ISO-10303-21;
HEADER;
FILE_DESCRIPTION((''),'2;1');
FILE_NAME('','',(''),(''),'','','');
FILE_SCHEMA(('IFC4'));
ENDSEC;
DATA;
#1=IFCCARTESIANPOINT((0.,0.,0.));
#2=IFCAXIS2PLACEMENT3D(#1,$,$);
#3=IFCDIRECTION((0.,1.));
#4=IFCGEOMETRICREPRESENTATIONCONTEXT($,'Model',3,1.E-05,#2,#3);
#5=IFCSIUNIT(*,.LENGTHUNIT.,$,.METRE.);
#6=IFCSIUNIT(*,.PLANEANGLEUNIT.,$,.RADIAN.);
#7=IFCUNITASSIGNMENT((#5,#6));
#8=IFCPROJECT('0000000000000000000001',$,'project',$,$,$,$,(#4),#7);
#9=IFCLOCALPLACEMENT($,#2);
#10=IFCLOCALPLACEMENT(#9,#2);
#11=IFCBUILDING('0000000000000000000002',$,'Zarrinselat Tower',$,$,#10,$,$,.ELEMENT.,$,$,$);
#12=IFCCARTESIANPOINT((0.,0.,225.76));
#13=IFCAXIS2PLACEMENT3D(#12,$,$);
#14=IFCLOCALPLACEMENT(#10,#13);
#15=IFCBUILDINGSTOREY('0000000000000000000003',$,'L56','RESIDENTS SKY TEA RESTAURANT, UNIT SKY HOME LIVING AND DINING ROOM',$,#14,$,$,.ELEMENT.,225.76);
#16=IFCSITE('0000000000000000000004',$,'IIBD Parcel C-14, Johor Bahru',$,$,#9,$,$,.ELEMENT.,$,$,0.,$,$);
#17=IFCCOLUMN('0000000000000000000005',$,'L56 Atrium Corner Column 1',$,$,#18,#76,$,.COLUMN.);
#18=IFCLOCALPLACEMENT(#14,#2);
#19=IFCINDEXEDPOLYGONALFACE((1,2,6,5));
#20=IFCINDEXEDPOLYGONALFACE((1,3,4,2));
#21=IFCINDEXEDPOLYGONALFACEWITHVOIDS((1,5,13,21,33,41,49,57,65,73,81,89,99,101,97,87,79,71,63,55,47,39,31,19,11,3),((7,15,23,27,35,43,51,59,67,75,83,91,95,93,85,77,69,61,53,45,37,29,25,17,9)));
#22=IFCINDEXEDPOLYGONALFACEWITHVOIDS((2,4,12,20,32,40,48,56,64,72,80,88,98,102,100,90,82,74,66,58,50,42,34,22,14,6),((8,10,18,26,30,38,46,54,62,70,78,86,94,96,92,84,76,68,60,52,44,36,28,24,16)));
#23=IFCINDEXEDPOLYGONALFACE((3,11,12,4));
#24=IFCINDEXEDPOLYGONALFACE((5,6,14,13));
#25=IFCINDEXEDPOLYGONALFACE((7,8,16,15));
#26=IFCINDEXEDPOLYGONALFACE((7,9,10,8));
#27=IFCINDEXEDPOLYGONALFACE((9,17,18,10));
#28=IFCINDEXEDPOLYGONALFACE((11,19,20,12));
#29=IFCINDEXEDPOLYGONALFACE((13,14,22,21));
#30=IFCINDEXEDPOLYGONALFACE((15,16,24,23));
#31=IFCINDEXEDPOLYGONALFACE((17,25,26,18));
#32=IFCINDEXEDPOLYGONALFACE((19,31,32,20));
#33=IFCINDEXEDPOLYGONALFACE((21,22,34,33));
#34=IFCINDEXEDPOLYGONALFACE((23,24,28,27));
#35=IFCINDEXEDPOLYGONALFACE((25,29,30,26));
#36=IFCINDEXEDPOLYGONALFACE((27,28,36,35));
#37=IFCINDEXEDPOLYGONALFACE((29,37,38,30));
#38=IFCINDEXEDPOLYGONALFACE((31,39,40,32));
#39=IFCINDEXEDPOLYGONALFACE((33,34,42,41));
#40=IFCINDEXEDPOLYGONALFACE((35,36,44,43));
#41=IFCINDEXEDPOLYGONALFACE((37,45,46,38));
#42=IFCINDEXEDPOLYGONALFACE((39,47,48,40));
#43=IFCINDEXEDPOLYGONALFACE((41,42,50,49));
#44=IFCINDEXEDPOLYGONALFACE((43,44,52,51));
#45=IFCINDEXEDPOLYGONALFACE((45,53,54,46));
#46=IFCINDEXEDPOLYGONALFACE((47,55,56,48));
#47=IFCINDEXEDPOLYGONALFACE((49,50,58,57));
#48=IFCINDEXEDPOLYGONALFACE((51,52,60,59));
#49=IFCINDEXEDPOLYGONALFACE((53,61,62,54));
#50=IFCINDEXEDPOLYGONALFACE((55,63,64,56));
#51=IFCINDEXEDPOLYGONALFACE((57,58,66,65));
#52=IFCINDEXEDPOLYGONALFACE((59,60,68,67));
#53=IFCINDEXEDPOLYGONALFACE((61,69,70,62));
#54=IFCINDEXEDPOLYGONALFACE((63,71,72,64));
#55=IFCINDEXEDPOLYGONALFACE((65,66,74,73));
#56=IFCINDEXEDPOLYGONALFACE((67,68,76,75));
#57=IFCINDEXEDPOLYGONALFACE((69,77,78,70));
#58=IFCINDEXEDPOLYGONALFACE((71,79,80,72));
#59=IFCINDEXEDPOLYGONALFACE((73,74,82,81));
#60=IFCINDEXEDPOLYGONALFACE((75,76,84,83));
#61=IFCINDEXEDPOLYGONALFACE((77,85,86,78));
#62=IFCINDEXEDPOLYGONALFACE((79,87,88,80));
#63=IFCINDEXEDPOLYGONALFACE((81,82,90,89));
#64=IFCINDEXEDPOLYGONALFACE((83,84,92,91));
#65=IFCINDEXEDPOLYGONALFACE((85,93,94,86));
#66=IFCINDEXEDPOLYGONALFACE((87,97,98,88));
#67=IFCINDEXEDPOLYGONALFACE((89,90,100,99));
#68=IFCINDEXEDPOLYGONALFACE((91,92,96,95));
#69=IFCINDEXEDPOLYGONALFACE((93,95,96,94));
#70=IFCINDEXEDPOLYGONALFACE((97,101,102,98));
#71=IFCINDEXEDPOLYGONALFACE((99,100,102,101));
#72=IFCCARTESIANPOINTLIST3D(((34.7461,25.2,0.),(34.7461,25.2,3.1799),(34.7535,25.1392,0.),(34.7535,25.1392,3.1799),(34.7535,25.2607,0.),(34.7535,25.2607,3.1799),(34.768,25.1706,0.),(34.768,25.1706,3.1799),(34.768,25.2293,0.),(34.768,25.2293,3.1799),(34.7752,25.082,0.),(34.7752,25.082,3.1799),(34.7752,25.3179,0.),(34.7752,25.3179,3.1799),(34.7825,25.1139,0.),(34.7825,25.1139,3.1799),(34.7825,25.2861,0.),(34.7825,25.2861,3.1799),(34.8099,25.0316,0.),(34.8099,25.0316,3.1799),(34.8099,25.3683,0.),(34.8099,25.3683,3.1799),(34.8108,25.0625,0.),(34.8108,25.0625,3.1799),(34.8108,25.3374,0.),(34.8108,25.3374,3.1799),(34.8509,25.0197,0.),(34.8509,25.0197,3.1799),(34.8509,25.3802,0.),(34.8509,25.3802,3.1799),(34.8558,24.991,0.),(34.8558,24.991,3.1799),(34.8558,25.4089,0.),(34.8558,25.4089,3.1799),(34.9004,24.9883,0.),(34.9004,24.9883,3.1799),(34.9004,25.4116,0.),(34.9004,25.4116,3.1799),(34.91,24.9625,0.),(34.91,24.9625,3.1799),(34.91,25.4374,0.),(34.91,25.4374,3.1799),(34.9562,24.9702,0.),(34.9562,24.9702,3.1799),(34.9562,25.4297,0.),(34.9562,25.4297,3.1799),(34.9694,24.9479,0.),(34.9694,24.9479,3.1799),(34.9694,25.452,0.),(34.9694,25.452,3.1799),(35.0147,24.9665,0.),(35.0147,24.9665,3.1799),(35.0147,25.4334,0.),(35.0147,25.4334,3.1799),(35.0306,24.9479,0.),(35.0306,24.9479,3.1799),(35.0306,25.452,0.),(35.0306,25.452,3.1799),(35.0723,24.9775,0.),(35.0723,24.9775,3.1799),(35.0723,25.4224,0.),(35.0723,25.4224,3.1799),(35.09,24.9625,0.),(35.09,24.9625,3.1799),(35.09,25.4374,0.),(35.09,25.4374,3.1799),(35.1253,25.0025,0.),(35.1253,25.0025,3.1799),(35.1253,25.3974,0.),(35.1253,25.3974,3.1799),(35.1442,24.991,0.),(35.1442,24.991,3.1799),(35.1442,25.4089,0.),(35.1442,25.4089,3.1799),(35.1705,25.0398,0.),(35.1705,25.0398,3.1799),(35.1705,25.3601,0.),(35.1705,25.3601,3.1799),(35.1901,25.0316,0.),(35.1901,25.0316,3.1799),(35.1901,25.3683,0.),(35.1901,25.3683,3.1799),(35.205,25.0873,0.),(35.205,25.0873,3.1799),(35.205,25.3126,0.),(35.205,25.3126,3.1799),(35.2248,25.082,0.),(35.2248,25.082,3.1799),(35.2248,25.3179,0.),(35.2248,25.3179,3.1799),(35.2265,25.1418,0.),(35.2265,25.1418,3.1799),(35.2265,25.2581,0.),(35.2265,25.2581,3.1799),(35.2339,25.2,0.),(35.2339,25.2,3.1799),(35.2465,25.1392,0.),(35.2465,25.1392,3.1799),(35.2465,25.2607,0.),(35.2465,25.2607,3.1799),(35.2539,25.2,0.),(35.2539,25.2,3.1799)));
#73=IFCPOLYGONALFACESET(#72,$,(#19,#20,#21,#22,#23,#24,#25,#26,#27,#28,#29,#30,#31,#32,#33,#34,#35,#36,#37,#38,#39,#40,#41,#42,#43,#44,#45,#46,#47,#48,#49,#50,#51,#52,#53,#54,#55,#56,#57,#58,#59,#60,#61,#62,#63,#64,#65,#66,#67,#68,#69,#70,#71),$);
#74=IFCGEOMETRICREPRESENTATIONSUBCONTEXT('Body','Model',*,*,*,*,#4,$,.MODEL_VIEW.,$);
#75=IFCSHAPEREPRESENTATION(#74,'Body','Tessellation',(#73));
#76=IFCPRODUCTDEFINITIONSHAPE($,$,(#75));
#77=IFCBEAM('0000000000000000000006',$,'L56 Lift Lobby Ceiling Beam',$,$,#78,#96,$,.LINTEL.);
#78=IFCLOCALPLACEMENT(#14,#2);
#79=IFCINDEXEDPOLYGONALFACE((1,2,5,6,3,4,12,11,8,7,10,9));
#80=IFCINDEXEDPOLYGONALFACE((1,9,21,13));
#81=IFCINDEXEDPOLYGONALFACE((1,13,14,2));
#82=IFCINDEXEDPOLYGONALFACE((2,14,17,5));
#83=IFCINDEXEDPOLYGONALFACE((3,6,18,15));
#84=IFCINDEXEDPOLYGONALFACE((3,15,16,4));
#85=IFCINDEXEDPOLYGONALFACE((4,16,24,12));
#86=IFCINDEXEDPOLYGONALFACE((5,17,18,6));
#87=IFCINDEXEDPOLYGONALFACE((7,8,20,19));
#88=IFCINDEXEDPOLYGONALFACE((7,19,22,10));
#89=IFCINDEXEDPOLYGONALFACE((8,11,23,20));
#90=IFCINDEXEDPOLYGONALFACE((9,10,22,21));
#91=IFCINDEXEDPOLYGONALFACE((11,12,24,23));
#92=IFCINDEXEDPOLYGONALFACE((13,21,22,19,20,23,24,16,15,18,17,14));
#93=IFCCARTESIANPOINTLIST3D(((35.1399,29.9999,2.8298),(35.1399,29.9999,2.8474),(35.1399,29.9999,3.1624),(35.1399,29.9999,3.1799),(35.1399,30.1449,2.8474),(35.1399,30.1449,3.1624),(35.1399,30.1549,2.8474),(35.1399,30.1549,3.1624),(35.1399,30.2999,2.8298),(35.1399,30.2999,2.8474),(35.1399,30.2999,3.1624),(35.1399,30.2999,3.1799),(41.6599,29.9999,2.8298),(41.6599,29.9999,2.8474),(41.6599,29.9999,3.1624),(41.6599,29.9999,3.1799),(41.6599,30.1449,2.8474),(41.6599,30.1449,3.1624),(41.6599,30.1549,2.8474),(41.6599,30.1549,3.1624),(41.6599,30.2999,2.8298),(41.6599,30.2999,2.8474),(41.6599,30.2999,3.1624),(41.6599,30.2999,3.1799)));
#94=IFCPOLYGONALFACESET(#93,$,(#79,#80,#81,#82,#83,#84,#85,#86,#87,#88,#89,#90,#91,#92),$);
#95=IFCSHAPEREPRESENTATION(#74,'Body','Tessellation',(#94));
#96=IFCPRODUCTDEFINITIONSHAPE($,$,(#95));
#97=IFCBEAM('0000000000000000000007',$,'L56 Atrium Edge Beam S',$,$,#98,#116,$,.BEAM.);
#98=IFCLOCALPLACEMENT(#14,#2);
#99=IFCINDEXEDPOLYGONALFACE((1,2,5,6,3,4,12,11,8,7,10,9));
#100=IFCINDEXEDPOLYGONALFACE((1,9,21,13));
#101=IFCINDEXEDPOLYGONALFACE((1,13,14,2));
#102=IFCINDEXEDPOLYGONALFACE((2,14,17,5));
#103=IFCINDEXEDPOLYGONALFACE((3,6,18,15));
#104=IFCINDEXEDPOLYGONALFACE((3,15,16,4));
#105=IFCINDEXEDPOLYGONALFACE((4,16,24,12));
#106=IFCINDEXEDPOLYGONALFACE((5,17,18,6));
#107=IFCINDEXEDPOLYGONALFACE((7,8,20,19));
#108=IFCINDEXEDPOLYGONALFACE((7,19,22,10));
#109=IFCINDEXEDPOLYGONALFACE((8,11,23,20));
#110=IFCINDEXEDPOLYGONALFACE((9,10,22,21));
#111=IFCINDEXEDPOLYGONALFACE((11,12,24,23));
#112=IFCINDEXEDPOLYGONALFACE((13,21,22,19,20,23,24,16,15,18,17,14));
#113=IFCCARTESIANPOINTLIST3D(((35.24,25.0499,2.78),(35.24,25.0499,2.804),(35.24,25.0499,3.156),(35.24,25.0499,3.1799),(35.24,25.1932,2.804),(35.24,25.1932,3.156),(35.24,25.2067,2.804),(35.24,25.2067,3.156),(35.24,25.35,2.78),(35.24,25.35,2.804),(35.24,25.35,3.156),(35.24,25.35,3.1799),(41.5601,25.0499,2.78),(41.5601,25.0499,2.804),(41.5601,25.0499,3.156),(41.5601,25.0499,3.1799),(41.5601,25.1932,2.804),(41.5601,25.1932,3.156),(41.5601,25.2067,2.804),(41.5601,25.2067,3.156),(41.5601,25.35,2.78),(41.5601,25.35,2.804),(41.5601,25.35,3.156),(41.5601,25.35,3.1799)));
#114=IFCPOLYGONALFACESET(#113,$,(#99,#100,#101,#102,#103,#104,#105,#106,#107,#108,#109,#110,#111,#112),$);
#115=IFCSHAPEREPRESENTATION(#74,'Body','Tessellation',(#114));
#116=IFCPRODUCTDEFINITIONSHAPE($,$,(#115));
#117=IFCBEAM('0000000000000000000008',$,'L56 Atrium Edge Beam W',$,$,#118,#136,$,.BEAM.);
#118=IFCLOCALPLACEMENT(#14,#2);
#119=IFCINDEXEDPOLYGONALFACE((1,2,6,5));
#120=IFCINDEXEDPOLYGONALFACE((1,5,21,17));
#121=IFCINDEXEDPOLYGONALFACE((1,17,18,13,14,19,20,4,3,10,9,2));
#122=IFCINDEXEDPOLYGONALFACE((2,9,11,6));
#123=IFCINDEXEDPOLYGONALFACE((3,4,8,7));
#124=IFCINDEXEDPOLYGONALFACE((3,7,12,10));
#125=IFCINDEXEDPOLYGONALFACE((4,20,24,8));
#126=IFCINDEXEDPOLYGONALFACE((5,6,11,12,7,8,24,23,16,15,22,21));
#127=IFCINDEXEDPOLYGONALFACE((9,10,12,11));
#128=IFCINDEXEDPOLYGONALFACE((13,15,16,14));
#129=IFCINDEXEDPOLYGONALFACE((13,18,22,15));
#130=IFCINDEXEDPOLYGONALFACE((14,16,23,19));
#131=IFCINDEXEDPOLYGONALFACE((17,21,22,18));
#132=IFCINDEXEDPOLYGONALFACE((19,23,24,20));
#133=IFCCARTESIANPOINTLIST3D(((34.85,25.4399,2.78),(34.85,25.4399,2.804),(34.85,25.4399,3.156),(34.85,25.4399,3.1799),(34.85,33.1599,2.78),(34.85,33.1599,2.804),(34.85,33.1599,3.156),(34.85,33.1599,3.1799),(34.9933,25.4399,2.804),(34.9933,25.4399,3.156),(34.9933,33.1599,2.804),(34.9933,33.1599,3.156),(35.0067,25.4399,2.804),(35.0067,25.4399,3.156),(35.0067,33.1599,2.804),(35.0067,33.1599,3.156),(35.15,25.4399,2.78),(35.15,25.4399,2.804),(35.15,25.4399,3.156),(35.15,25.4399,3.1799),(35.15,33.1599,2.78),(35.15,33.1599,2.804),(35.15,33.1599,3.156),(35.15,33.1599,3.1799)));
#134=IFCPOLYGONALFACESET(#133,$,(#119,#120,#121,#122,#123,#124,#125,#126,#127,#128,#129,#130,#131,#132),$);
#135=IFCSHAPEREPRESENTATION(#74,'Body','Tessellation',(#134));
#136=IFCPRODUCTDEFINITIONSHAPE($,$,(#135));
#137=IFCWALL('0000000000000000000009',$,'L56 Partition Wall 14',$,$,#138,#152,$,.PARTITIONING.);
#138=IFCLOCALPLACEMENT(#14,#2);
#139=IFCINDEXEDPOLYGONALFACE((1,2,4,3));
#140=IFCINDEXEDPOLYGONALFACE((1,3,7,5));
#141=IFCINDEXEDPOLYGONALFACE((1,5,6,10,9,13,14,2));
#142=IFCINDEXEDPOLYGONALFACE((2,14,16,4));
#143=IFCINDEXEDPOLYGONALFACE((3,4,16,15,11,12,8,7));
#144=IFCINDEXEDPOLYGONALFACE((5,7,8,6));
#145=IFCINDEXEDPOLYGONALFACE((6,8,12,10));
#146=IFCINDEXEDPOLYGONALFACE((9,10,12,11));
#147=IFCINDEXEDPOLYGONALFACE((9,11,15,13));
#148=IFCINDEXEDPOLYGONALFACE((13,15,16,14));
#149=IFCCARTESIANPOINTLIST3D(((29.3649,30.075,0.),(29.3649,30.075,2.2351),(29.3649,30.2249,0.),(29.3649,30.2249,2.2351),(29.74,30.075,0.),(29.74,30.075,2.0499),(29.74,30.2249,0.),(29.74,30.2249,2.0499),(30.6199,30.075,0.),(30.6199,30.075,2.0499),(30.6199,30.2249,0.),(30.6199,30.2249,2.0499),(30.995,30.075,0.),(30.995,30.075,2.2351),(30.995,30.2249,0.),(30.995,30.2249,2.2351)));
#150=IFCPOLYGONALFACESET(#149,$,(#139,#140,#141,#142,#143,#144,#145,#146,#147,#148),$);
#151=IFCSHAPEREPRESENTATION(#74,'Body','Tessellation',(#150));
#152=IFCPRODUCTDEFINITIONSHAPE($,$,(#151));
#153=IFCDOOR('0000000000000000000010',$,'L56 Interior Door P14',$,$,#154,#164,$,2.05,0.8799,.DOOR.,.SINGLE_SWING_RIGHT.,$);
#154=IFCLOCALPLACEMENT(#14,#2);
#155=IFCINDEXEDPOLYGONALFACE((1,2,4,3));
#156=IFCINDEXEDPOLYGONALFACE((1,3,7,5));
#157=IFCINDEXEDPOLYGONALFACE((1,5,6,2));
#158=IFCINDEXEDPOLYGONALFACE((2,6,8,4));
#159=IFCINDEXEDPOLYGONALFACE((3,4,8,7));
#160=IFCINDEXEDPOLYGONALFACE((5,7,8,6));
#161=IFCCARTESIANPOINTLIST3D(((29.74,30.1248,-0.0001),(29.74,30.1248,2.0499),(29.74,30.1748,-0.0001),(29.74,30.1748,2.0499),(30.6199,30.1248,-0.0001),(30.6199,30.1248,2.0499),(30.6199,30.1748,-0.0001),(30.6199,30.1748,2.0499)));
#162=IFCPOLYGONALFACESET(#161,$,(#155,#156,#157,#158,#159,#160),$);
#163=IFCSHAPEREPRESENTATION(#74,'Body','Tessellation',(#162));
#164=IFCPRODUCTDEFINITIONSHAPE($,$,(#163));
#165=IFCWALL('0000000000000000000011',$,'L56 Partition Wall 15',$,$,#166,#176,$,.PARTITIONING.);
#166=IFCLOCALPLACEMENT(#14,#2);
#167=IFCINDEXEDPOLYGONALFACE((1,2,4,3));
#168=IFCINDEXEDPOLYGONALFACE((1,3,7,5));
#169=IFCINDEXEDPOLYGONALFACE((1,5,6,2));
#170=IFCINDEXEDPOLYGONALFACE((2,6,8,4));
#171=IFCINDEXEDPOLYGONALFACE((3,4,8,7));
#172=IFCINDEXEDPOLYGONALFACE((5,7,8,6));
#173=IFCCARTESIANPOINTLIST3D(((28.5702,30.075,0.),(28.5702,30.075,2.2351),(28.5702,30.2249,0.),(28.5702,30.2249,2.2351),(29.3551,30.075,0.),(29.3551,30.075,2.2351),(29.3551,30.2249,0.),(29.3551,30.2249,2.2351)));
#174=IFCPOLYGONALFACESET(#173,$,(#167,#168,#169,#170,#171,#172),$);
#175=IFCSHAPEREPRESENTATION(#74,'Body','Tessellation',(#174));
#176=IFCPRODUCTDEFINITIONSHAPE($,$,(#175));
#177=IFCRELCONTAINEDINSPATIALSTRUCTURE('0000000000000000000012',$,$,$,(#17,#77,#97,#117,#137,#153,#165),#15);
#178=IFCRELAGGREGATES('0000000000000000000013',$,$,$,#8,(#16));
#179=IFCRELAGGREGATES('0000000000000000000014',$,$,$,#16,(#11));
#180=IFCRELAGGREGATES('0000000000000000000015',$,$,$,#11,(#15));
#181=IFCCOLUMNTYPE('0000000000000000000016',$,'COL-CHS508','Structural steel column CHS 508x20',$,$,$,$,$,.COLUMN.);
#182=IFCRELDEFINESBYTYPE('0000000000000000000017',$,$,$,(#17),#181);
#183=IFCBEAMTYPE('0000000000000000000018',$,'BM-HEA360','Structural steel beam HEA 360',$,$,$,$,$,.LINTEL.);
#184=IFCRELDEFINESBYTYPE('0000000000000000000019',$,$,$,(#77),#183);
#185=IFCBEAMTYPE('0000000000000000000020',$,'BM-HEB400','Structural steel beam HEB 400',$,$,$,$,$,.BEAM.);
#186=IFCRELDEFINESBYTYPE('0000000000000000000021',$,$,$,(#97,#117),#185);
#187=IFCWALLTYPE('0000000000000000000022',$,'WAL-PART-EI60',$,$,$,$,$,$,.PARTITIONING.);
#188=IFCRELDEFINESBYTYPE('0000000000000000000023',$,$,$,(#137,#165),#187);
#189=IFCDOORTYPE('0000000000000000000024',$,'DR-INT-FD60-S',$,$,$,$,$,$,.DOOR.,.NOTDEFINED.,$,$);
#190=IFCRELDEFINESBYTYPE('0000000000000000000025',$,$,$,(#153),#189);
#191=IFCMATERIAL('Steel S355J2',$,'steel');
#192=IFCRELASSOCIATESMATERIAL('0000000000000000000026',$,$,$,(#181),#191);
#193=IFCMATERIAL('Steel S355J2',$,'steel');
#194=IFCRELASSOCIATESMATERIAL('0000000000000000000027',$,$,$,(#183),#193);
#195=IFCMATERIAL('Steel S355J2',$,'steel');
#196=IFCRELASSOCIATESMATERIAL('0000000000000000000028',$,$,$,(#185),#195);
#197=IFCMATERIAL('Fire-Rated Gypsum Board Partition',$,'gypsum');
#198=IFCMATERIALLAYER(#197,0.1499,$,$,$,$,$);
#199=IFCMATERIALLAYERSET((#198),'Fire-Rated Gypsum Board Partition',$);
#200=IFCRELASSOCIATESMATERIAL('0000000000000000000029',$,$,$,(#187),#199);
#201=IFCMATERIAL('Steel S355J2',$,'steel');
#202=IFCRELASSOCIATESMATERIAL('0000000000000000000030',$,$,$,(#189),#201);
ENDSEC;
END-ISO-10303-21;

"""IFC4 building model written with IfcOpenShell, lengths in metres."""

from ifc_helpers import new_model, si_unit, direction, frame, frame_2d, origin, origin_2d, place, context, subcontext, project, spatial, rectangle, hollow_circle, i_section, extrude, material, layer, layer_set, material_profile, profile_set, type_object, element, fill, save


model = new_model("IFC4")

# Units and contexts
model_context = context("Model", 3, precision=1e-05, world=origin(), true_north=direction((0.0, 1.0)))
body_context = subcontext(model_context, "Body", "Model", "MODEL_VIEW")
ifc_project = project(units=[si_unit("LENGTHUNIT", "METRE"), si_unit("PLANEANGLEUNIT", "RADIAN")], contexts=[model_context])

# Site, building, storey
site_placement = place(None, origin())
site = spatial("IfcSite", under=ifc_project, at=site_placement, Name="IIBD Parcel C-14, Johor Bahru", CompositionType="ELEMENT", RefElevation=0.0)
building_placement = place(site_placement, origin())
building = spatial("IfcBuilding", under=site, at=building_placement, Name="Zarrinselat Tower", CompositionType="ELEMENT")
storey_placement = place(building_placement, frame((0.0, 0.0, 225.76)))
storey = spatial("IfcBuildingStorey", under=building, at=storey_placement, Name="L56", Description="RESIDENTS SKY TEA RESTAURANT, UNIT SKY HOME LIVING AND DINING ROOM", CompositionType="ELEMENT", Elevation=225.76)

# Column
ifc_material_1 = material(Name="Steel S355J2", Category="steel")
ifc_material_profile_1 = material_profile(ifc_material_1, hollow_circle(Radius=0.2539, WallThickness=0.02, at=origin_2d()), Name="CHS 508x20")
ifc_profile_set_1 = profile_set([ifc_material_profile_1], Name="Steel S355J2")
column_type = type_object("IfcColumnType", Name="COL-CHS508", Description="Structural steel column CHS 508x20", PredefinedType="COLUMN", material=ifc_profile_set_1)
column_placement = place(storey_placement, frame((35.0, 25.2, 0.0), z_axis=(0.0, 0.0, 1.0), x_axis=(1.0, 0.0, 0.0)))
element("IfcColumn", 1, at=column_placement, inside=storey, type_object=column_type, Name="L56 Atrium Corner Column 1", PredefinedType="COLUMN", context=body_context, shape_type="SweptSolid", body=[
    extrude(hollow_circle(Radius=0.2539, WallThickness=0.02, at=origin_2d()), origin(), (0.0, 0.0, 1.0), 3.1799),
])

# Beams
ifc_material_2 = material(Name="Steel S355J2", Category="steel")
ifc_material_profile_2 = material_profile(ifc_material_2, i_section(OverallWidth=0.3, OverallDepth=0.3501, WebThickness=0.01, FlangeThickness=0.0176, at=origin_2d()), Name="HEA 360")
ifc_profile_set_2 = profile_set([ifc_material_profile_2], Name="Steel S355J2")
beam_type_1 = type_object("IfcBeamType", Name="BM-HEA360", Description="Structural steel beam HEA 360", PredefinedType="LINTEL", material=ifc_profile_set_2)
beam_1_placement = place(storey_placement, frame((35.1399, 30.1499, 3.0049), z_axis=(1.0, 0.0, 0.0), x_axis=(0.0, 1.0, 0.0)))
element("IfcBeam", 2, at=beam_1_placement, inside=storey, type_object=beam_type_1, Name="L56 Lift Lobby Ceiling Beam", PredefinedType="LINTEL", context=body_context, shape_type="SweptSolid", body=[
    extrude(i_section(OverallWidth=0.3, OverallDepth=0.3501, WebThickness=0.01, FlangeThickness=0.0176, at=origin_2d()), origin(), (0.0, 0.0, 1.0), 6.52),
])
ifc_material_3 = material(Name="Steel S355J2", Category="steel")
ifc_material_profile_3 = material_profile(ifc_material_3, i_section(OverallWidth=0.3, OverallDepth=0.3999, WebThickness=0.0134, FlangeThickness=0.0239, at=origin_2d()), Name="HEB 400")
ifc_profile_set_3 = profile_set([ifc_material_profile_3], Name="Steel S355J2")
beam_type_2 = type_object("IfcBeamType", Name="BM-HEB400", Description="Structural steel beam HEB 400", PredefinedType="BEAM", material=ifc_profile_set_3)
beam_2_placement = place(storey_placement, frame((35.24, 25.2, 2.98), z_axis=(1.0, 0.0, 0.0), x_axis=(0.0, 1.0, 0.0)))
element("IfcBeam", 3, at=beam_2_placement, inside=storey, type_object=beam_type_2, Name="L56 Atrium Edge Beam S", PredefinedType="BEAM", context=body_context, shape_type="SweptSolid", body=[
    extrude(i_section(OverallWidth=0.3, OverallDepth=0.3999, WebThickness=0.0134, FlangeThickness=0.0239, at=origin_2d()), origin(), (0.0, 0.0, 1.0), 6.3201),
])
beam_3_placement = place(storey_placement, frame((35.0, 25.4399, 2.98), z_axis=(0.0, 1.0, 0.0), x_axis=(-1.0, 0.0, 0.0)))
element("IfcBeam", 4, at=beam_3_placement, inside=storey, type_object=beam_type_2, Name="L56 Atrium Edge Beam W", PredefinedType="BEAM", context=body_context, shape_type="SweptSolid", body=[
    extrude(i_section(OverallWidth=0.3, OverallDepth=0.3999, WebThickness=0.0134, FlangeThickness=0.0239, at=origin_2d()), origin(), (0.0, 0.0, 1.0), 7.72),
])

# Wall, opening, door
ifc_material_4 = material(Name="Fire-Rated Gypsum Board Partition", Category="gypsum")
ifc_layer_1 = layer(ifc_material_4, 0.1499)
ifc_layer_set_1 = layer_set([ifc_layer_1], Name="Fire-Rated Gypsum Board Partition")
wall_type_1 = type_object("IfcWallType", Name="WAL-PART-EI60", PredefinedType="PARTITIONING", material=ifc_layer_set_1)
wall_1_placement = place(storey_placement, frame((29.365, 30.1499, 0.0), z_axis=(0.0, 0.0, 1.0), x_axis=(1.0, 0.0, 0.0)))
wall_1 = element("IfcWall", 5, at=wall_1_placement, inside=storey, type_object=wall_type_1, Name="L56 Partition Wall 14", PredefinedType="PARTITIONING", context=body_context, shape_type="SweptSolid", body=[
    extrude(rectangle(XDim=1.6301, YDim=0.1499, at=frame_2d((0.8149, 0.0))), origin(), (0.0, 0.0, 1.0), 2.2351),
])
opening_1_placement = place(wall_1_placement, frame((0.375, 0.0, 0.0)))
opening_1 = element("IfcOpeningElement", 6, at=opening_1_placement, cuts=wall_1, PredefinedType="OPENING", context=body_context, shape_type="SweptSolid", body=[
    extrude(rectangle(XDim=0.8799, YDim=2.05, at=frame_2d((0.4399, 1.0249))), frame((0.0, 0.085, 0.0), z_axis=(0.0, -1.0, 0.0), x_axis=(1.0, 0.0, 0.0)), (0.0, 0.0, 1.0), 0.1699),
])
ifc_material_5 = material(Name="Steel S355J2", Category="steel")
door_type_1 = type_object("IfcDoorType", Name="DR-INT-FD60-S", OperationType="NOTDEFINED", PredefinedType="DOOR", material=ifc_material_5)
door_1_placement = place(opening_1_placement, origin())
door_1 = element("IfcDoor", 7, at=door_1_placement, inside=storey, type_object=door_type_1, Name="L56 Interior Door P14", OperationType="SINGLE_SWING_RIGHT", OverallHeight=2.05, OverallWidth=0.8799, PredefinedType="DOOR", context=body_context, shape_type="SweptSolid", body=[
    extrude(rectangle(XDim=0.8799, YDim=2.05, at=frame_2d((0.4399, 1.0249))), frame((0.0, 0.0249, 0.0), z_axis=(0.0, -1.0, 0.0), x_axis=(1.0, 0.0, 0.0)), (0.0, 0.0, 1.0), 0.05),
])
fill(opening_1, door_1)

# Wall
wall_2_placement = place(storey_placement, frame((28.5701, 30.1499, 0.0), z_axis=(0.0, 0.0, 1.0), x_axis=(1.0, 0.0, 0.0)))
element("IfcWall", 8, at=wall_2_placement, inside=storey, type_object=wall_type_1, Name="L56 Partition Wall 15", PredefinedType="PARTITIONING", context=body_context, shape_type="SweptSolid", body=[
    extrude(rectangle(XDim=0.7849, YDim=0.1499, at=frame_2d((0.3926, 0.0))), origin(), (0.0, 0.0, 1.0), 2.2351),
])

save(model, "model.ifc")
